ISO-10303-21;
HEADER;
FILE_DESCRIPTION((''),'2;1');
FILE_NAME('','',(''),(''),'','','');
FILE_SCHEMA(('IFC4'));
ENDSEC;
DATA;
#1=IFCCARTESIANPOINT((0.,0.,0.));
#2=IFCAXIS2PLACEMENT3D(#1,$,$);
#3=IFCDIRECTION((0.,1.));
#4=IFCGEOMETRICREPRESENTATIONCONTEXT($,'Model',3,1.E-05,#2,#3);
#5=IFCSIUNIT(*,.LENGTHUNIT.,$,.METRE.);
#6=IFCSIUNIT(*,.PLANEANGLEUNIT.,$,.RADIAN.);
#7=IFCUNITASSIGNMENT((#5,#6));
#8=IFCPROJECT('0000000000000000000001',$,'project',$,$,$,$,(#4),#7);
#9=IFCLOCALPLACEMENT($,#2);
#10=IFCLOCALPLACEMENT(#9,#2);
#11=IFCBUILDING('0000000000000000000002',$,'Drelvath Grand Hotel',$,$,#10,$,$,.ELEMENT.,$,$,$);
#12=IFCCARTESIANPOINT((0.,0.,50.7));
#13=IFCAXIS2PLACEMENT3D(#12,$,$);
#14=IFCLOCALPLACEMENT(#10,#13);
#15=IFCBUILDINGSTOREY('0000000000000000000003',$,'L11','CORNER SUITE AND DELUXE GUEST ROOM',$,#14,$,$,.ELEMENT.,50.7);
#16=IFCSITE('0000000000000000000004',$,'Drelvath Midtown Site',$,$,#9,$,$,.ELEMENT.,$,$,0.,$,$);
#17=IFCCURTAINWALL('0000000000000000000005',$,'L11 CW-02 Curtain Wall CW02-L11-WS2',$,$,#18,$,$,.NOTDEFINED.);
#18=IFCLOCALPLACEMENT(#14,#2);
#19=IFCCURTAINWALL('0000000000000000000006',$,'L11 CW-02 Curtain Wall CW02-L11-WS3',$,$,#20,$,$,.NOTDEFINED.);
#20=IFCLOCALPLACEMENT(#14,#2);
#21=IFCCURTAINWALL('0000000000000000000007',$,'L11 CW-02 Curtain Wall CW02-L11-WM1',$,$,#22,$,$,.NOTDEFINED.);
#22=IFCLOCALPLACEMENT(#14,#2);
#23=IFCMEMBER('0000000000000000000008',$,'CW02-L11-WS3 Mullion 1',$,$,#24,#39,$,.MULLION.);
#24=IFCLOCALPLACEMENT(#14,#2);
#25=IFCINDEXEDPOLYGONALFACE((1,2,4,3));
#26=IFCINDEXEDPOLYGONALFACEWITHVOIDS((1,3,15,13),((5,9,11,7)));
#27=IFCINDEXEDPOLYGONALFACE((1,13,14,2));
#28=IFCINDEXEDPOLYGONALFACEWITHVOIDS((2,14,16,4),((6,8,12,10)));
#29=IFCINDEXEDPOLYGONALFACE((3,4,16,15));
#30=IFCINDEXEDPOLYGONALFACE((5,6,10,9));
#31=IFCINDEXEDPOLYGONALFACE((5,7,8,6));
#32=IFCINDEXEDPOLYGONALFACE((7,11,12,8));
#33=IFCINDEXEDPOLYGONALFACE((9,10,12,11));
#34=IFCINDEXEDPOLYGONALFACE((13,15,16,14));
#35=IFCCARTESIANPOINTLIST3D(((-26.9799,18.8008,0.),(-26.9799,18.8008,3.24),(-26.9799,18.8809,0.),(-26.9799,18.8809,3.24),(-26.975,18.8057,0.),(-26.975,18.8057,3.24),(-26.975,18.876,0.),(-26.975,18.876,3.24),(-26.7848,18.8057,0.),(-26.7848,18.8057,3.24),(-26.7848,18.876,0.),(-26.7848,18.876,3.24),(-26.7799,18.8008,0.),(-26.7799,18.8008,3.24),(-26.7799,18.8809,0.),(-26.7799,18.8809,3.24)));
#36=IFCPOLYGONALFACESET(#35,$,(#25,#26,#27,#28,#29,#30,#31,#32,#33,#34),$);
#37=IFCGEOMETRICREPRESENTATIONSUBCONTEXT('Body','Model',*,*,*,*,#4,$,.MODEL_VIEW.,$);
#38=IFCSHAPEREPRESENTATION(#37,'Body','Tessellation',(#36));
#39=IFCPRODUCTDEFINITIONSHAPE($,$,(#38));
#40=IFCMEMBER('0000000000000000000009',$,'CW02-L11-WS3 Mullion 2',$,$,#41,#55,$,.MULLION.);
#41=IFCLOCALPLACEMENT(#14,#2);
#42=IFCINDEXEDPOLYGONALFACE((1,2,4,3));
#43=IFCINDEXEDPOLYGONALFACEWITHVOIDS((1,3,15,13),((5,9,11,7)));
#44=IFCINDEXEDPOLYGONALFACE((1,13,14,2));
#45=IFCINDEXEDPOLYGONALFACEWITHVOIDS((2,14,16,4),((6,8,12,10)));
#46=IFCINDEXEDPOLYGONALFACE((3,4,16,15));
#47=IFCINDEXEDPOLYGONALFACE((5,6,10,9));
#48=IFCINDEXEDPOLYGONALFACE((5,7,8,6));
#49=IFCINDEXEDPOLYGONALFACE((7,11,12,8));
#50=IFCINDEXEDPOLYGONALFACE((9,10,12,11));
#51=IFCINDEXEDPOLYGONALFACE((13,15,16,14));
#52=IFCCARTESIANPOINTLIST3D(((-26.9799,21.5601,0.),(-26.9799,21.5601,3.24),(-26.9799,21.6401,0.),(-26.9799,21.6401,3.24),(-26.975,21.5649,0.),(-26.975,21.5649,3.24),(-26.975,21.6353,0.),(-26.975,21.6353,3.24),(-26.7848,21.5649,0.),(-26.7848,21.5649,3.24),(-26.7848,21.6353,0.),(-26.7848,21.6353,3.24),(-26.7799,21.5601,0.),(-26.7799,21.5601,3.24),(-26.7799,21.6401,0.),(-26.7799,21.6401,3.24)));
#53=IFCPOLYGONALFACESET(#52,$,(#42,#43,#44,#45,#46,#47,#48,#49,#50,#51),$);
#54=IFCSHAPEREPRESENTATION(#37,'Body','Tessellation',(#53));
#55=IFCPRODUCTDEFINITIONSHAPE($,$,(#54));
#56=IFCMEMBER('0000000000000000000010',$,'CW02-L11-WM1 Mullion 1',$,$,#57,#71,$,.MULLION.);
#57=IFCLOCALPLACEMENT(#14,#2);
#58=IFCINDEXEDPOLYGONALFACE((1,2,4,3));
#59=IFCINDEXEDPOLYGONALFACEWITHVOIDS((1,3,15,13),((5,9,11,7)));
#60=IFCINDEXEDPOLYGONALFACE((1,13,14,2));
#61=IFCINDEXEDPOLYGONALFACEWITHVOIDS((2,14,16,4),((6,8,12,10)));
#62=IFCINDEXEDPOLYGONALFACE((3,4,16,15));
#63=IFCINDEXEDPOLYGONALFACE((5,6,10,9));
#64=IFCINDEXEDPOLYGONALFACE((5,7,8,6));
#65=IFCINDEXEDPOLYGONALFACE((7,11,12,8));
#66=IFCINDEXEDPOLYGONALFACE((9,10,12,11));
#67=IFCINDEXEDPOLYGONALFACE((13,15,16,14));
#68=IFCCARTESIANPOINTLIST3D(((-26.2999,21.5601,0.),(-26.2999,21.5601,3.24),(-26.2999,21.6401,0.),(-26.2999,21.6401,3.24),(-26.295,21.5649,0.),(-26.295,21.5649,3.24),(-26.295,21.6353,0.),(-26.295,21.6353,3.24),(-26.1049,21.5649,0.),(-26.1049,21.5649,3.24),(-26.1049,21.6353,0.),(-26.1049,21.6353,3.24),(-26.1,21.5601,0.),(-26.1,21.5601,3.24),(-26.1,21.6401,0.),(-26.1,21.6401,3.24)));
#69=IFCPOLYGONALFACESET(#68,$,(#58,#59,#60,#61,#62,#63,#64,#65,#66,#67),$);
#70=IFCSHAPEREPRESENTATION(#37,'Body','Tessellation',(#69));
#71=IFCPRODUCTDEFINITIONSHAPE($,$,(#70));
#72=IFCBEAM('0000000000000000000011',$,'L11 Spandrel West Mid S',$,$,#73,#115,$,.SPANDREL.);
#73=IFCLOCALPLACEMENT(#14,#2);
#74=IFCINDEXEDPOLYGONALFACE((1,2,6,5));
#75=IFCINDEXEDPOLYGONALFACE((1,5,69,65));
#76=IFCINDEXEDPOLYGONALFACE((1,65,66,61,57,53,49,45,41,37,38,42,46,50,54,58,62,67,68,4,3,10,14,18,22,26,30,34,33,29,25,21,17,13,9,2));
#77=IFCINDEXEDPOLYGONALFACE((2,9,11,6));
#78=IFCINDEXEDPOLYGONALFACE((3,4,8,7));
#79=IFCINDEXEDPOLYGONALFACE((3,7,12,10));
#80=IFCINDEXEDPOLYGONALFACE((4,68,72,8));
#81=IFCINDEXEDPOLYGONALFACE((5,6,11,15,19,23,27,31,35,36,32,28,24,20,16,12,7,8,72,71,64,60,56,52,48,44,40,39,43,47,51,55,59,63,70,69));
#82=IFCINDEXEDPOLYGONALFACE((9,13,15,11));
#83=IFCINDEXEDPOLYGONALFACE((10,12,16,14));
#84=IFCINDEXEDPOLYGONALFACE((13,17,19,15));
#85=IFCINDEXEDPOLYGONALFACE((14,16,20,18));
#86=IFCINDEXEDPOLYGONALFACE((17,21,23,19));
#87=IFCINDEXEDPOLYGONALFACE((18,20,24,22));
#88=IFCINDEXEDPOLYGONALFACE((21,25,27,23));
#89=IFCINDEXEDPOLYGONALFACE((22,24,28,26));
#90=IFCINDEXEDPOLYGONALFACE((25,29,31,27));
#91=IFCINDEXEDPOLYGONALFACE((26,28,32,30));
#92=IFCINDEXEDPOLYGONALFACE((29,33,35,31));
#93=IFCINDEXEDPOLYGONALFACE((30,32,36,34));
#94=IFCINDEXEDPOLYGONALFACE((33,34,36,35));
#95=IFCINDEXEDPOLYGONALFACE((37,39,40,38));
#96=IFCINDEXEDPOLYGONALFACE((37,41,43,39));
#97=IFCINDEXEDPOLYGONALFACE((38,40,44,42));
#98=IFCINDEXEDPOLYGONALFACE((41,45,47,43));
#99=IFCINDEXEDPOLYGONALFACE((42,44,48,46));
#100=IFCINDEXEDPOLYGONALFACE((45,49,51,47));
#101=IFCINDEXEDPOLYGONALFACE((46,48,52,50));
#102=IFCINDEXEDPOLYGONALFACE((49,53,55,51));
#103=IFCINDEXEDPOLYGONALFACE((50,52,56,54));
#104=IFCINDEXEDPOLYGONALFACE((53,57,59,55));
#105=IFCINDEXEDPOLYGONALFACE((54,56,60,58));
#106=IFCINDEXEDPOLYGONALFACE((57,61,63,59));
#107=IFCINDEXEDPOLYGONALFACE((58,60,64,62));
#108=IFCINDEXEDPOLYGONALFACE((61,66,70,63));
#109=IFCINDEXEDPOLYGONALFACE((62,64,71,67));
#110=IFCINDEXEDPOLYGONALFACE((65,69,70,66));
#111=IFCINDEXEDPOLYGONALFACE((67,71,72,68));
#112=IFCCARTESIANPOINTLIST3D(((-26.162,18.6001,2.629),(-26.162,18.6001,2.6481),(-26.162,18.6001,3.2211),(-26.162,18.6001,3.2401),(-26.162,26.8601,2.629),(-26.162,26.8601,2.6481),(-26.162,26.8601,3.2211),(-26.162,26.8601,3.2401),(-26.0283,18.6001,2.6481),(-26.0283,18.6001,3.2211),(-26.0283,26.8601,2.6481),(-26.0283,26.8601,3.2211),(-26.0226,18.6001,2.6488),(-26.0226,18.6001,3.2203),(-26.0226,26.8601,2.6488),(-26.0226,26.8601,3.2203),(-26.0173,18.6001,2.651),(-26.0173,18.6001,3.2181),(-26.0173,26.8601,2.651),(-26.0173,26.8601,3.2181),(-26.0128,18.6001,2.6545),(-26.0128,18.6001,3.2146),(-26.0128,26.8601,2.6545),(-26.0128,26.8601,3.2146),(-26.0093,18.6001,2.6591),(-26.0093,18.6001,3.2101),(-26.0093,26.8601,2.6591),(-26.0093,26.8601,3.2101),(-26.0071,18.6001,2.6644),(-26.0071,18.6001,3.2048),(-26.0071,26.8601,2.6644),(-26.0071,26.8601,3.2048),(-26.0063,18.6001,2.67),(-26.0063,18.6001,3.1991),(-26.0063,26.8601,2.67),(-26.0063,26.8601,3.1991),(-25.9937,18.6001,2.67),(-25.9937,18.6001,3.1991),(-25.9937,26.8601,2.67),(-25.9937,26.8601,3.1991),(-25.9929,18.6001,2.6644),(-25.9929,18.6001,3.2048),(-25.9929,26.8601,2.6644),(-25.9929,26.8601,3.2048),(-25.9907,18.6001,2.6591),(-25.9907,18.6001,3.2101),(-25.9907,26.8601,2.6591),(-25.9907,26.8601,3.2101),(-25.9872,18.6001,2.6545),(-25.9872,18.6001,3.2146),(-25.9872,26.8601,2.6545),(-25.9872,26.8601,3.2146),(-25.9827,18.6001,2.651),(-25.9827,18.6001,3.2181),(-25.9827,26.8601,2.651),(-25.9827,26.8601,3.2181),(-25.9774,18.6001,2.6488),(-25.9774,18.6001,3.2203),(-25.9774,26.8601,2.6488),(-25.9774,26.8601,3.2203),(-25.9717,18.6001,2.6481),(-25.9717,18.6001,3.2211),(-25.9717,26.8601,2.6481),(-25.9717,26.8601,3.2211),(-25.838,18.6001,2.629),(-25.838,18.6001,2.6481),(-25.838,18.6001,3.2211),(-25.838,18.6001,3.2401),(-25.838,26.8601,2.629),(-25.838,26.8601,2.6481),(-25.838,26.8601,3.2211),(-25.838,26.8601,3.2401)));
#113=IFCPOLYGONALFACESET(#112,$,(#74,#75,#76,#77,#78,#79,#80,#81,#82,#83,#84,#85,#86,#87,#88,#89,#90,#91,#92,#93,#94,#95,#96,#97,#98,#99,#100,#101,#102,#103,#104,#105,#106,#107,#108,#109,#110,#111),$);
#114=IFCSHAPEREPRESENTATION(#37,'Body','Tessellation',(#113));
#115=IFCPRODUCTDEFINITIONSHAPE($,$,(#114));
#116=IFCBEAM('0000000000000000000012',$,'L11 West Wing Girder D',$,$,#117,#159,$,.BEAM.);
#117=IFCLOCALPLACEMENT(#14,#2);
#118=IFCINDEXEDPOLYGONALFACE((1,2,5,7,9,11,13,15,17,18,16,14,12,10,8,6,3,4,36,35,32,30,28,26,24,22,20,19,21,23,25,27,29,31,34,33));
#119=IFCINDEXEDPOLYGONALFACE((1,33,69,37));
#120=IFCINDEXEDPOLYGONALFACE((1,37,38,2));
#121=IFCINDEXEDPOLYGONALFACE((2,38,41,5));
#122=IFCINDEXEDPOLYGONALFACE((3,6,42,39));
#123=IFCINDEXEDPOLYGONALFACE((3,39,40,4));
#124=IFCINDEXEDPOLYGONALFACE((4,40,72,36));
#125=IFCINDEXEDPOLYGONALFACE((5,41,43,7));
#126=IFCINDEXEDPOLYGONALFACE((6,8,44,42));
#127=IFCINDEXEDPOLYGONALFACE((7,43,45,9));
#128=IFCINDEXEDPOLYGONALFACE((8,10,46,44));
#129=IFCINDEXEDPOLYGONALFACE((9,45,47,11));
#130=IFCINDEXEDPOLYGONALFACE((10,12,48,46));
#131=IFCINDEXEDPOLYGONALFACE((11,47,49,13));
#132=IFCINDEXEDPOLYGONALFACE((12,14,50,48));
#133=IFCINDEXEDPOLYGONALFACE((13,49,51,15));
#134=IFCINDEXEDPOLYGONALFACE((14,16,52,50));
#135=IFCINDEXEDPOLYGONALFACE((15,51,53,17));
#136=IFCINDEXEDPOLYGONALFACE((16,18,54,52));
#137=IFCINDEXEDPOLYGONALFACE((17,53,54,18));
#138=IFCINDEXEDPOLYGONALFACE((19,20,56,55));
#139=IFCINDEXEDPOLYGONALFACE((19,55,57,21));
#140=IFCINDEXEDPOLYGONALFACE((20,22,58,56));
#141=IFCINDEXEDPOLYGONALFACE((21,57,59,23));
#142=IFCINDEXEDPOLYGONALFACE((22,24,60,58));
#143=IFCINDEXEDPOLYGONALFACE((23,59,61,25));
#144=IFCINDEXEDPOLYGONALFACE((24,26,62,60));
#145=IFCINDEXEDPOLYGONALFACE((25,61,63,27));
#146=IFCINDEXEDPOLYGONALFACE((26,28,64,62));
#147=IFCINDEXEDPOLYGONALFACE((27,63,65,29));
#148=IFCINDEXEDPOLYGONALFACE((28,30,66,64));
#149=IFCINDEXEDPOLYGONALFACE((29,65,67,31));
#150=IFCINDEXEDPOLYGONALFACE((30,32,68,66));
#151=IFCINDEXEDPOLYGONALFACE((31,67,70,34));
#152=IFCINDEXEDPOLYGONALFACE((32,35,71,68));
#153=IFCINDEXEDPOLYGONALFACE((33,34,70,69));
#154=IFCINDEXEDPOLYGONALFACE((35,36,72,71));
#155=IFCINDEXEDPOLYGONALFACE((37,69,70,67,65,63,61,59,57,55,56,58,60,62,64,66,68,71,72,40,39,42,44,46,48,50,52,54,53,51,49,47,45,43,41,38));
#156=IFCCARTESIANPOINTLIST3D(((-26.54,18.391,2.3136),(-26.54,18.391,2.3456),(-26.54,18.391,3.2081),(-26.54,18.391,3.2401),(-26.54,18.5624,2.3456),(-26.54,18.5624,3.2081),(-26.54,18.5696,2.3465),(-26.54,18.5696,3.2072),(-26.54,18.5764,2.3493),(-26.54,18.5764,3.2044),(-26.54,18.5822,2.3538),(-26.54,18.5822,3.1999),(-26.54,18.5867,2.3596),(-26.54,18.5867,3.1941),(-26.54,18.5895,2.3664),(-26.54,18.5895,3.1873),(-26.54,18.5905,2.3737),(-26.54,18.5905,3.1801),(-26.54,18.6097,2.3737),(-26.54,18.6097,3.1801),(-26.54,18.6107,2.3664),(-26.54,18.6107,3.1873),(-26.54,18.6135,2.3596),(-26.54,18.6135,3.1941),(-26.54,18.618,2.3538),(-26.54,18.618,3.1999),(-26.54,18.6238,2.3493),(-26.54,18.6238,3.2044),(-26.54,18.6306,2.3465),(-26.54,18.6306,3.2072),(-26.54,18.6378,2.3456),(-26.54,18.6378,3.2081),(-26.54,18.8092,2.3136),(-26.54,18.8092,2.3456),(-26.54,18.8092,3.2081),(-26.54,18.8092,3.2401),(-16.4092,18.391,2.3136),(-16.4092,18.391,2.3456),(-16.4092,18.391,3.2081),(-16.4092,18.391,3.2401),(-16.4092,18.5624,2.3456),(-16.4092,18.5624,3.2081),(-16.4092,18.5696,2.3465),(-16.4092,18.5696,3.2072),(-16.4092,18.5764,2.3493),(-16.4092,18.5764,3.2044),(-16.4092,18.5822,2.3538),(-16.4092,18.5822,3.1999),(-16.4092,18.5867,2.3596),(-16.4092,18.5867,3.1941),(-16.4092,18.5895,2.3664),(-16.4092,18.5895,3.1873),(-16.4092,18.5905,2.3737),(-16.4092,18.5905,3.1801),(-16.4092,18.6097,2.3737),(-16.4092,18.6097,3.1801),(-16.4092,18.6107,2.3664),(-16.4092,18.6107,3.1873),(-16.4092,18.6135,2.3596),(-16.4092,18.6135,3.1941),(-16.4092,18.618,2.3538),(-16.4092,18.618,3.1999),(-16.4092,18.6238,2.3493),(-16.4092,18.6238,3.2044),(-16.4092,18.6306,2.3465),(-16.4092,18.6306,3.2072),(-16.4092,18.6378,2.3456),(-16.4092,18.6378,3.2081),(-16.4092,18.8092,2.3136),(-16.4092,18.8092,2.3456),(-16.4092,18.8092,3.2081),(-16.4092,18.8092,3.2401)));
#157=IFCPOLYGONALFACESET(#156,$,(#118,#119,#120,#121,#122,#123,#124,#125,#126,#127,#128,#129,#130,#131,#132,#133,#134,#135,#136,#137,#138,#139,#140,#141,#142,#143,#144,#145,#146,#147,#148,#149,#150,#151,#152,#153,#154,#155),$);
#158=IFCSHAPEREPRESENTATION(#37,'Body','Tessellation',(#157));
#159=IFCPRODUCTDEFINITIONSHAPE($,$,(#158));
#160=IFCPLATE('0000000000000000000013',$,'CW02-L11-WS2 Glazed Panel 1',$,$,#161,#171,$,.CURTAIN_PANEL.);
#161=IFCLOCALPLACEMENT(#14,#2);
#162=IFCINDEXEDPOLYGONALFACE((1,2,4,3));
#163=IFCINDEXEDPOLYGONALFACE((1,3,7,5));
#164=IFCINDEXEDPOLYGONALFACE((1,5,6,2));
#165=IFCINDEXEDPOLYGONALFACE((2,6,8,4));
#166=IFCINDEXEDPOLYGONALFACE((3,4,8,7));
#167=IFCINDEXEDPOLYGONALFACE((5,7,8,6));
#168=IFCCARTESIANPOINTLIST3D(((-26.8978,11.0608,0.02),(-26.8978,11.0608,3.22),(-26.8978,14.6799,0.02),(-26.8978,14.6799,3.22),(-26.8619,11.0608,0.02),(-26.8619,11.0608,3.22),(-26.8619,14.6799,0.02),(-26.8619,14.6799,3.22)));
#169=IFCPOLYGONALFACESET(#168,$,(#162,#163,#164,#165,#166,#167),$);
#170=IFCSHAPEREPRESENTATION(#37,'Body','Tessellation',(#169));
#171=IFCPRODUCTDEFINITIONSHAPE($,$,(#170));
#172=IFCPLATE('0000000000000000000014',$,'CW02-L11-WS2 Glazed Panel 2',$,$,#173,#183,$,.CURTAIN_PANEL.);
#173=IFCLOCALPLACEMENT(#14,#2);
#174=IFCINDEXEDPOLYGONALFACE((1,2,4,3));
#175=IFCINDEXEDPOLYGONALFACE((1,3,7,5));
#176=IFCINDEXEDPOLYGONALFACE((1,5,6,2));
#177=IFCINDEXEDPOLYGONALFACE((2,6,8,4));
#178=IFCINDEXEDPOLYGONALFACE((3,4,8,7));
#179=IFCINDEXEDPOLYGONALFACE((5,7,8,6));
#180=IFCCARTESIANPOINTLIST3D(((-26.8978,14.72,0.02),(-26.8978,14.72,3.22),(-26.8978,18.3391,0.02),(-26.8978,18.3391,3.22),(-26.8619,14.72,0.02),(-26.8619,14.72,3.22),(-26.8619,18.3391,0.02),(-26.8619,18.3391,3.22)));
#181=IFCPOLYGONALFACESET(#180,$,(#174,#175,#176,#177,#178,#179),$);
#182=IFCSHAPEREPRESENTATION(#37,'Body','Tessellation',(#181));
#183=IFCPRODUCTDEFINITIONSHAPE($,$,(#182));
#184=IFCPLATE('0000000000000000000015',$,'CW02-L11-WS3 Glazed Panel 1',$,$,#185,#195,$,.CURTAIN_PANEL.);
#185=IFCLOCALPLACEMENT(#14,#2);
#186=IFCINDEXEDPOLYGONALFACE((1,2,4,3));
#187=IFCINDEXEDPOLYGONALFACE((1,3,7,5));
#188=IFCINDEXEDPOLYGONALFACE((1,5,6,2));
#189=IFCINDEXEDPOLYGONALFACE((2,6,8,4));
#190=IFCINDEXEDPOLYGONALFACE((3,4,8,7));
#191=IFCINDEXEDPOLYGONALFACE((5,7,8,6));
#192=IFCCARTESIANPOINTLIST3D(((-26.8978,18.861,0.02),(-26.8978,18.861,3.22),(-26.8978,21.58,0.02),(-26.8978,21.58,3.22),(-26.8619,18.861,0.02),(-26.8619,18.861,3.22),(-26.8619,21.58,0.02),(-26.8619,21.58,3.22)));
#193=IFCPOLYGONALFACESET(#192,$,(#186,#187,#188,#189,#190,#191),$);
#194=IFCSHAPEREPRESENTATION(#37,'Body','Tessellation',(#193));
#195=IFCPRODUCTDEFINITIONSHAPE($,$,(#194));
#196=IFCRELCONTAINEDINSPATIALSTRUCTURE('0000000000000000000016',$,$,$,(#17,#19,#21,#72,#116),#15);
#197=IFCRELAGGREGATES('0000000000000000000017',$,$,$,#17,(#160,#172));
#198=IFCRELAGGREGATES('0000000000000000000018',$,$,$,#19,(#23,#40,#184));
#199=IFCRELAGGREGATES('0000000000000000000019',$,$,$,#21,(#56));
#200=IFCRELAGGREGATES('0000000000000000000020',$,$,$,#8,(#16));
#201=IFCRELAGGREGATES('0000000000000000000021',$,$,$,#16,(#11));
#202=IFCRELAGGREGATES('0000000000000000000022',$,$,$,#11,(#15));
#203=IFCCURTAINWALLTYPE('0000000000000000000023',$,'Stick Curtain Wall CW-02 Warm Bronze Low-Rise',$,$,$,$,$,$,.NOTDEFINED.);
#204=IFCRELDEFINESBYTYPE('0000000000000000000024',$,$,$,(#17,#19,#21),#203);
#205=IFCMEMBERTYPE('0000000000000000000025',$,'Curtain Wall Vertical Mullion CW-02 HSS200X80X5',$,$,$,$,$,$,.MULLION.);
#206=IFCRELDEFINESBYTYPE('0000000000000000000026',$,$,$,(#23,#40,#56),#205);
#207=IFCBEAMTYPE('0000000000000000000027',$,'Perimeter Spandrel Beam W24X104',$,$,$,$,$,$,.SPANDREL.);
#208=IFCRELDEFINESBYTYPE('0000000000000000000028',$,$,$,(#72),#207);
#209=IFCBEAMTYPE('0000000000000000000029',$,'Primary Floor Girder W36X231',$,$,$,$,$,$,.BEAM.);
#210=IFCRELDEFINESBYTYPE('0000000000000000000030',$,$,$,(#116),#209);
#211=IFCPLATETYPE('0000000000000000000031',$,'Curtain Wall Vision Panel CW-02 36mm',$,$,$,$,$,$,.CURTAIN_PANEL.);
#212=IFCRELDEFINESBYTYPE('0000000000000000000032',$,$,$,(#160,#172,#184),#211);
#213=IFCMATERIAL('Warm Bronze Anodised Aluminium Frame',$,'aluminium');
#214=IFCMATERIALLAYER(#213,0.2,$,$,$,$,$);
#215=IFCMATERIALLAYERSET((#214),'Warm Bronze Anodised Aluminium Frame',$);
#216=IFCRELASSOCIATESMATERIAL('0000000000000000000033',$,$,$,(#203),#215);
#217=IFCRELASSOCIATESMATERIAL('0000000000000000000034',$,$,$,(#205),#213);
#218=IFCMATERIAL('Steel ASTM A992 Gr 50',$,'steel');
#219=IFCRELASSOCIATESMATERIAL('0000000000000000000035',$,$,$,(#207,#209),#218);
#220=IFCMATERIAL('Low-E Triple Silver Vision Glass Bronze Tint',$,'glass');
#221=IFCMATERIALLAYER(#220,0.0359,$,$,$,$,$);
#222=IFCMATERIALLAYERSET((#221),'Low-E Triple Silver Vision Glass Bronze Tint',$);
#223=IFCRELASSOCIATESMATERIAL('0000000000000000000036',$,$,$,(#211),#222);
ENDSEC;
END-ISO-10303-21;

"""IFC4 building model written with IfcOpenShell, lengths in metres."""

from ifc_helpers import new_model, si_unit, direction, frame, origin, origin_2d, place, context, subcontext, project, spatial, rectangle, hollow_rectangle, i_section, extrude, material, layer, layer_set, material_profile, profile_set, type_object, element, aggregate, save


model = new_model("IFC4")

# Units and contexts
model_context = context("Model", 3, precision=1e-05, world=origin(), true_north=direction((0.0, 1.0)))
body_context = subcontext(model_context, "Body", "Model", "MODEL_VIEW")
ifc_project = project(units=[si_unit("LENGTHUNIT", "METRE"), si_unit("PLANEANGLEUNIT", "RADIAN")], contexts=[model_context])

# Site, building, storey
site_placement = place(None, origin())
site = spatial("IfcSite", under=ifc_project, at=site_placement, Name="Drelvath Midtown Site", CompositionType="ELEMENT", RefElevation=0.0)
building_placement = place(site_placement, origin())
building = spatial("IfcBuilding", under=site, at=building_placement, Name="Drelvath Grand Hotel", CompositionType="ELEMENT")
storey_placement = place(building_placement, frame((0.0, 0.0, 50.7)))
storey = spatial("IfcBuildingStorey", under=building, at=storey_placement, Name="L11", Description="CORNER SUITE AND DELUXE GUEST ROOM", CompositionType="ELEMENT", Elevation=50.7)

# Shared definitions
ifc_material_1 = material(Name="Steel ASTM A992 Gr 50", Category="steel")

# Curtain walls
ifc_material_2 = material(Name="Warm Bronze Anodised Aluminium Frame", Category="aluminium")
ifc_layer_1 = layer(ifc_material_2, 0.2)
ifc_layer_set_1 = layer_set([ifc_layer_1], Name="Warm Bronze Anodised Aluminium Frame")
curtain_wall_type = type_object("IfcCurtainWallType", Name="Stick Curtain Wall CW-02 Warm Bronze Low-Rise", PredefinedType="NOTDEFINED", material=ifc_layer_set_1)
curtain_wall_1_placement = place(storey_placement, origin())
curtain_wall_1 = element("IfcCurtainWall", 1, at=curtain_wall_1_placement, inside=storey, type_object=curtain_wall_type, Name="L11 CW-02 Curtain Wall CW02-L11-WS2", PredefinedType="NOTDEFINED")
curtain_wall_2_placement = place(storey_placement, origin())
curtain_wall_2 = element("IfcCurtainWall", 2, at=curtain_wall_2_placement, inside=storey, type_object=curtain_wall_type, Name="L11 CW-02 Curtain Wall CW02-L11-WS3", PredefinedType="NOTDEFINED")
curtain_wall_3_placement = place(storey_placement, origin())
curtain_wall_3 = element("IfcCurtainWall", 3, at=curtain_wall_3_placement, inside=storey, type_object=curtain_wall_type, Name="L11 CW-02 Curtain Wall CW02-L11-WM1", PredefinedType="NOTDEFINED")

# Members
ifc_material_profile_1 = material_profile(ifc_material_2, hollow_rectangle(XDim=0.0801, YDim=0.2, WallThickness=0.0049, at=origin_2d()), Name="HSS200X80X5")
ifc_profile_set_1 = profile_set([ifc_material_profile_1], Name="Warm Bronze Anodised Aluminium Frame")
member_type_1 = type_object("IfcMemberType", Name="Curtain Wall Vertical Mullion CW-02 HSS200X80X5", PredefinedType="MULLION", material=ifc_profile_set_1)
member_1_placement = place(storey_placement, frame((-26.8799, 18.8408, 0.0), z_axis=(0.0, 0.0, 1.0), x_axis=(0.0, 1.0, 0.0)))
member_1 = element("IfcMember", 4, at=member_1_placement, type_object=member_type_1, Name="CW02-L11-WS3 Mullion 1", PredefinedType="MULLION", context=body_context, shape_type="SweptSolid", body=[
    extrude(hollow_rectangle(XDim=0.0801, YDim=0.2, WallThickness=0.0049, at=origin_2d()), origin(), (0.0, 0.0, 1.0), 3.24),
])
member_2_placement = place(storey_placement, frame((-26.8799, 21.6001, 0.0), z_axis=(0.0, 0.0, 1.0), x_axis=(0.0, 1.0, 0.0)))
member_2 = element("IfcMember", 5, at=member_2_placement, type_object=member_type_1, Name="CW02-L11-WS3 Mullion 2", PredefinedType="MULLION", context=body_context, shape_type="SweptSolid", body=[
    extrude(hollow_rectangle(XDim=0.0801, YDim=0.2, WallThickness=0.0049, at=origin_2d()), origin(), (0.0, 0.0, 1.0), 3.24),
])
member_3_placement = place(storey_placement, frame((-26.2, 21.6001, 0.0), z_axis=(0.0, 0.0, 1.0), x_axis=(0.0, 1.0, 0.0)))
member_3 = element("IfcMember", 6, at=member_3_placement, type_object=member_type_1, Name="CW02-L11-WM1 Mullion 1", PredefinedType="MULLION", context=body_context, shape_type="SweptSolid", body=[
    extrude(hollow_rectangle(XDim=0.0801, YDim=0.2, WallThickness=0.0049, at=origin_2d()), origin(), (0.0, 0.0, 1.0), 3.24),
])

# Beams
ifc_material_profile_2 = material_profile(ifc_material_1, i_section(OverallWidth=0.324, OverallDepth=0.6111, WebThickness=0.0127, FlangeThickness=0.019, FilletRadius=0.022, at=origin_2d()), Name="W24X104")
ifc_profile_set_2 = profile_set([ifc_material_profile_2], Name="Steel ASTM A992 Gr 50")
beam_type_1 = type_object("IfcBeamType", Name="Perimeter Spandrel Beam W24X104", PredefinedType="SPANDREL", material=ifc_profile_set_2)
beam_1_placement = place(storey_placement, frame((-26.0, 18.6001, 2.9346), z_axis=(0.0, 1.0, 0.0), x_axis=(-1.0, 0.0, 0.0)))
element("IfcBeam", 7, at=beam_1_placement, inside=storey, type_object=beam_type_1, Name="L11 Spandrel West Mid S", PredefinedType="SPANDREL", context=body_context, shape_type="SweptSolid", body=[
    extrude(i_section(OverallWidth=0.324, OverallDepth=0.6111, WebThickness=0.0127, FlangeThickness=0.019, FilletRadius=0.022, at=origin_2d()), origin(), (0.0, 0.0, 1.0), 8.26),
])
ifc_material_profile_3 = material_profile(ifc_material_1, i_section(OverallWidth=0.4182, OverallDepth=0.9265, WebThickness=0.0193, FlangeThickness=0.032, FilletRadius=0.0281, at=origin_2d()), Name="W36X231")
ifc_profile_set_3 = profile_set([ifc_material_profile_3], Name="Steel ASTM A992 Gr 50")
beam_type_2 = type_object("IfcBeamType", Name="Primary Floor Girder W36X231", PredefinedType="BEAM", material=ifc_profile_set_3)
beam_2_placement = place(storey_placement, frame((-26.54, 18.6001, 2.7769), z_axis=(1.0, 0.0, 0.0), x_axis=(0.0, 1.0, 0.0)))
element("IfcBeam", 8, at=beam_2_placement, inside=storey, type_object=beam_type_2, Name="L11 West Wing Girder D", PredefinedType="BEAM", context=body_context, shape_type="SweptSolid", body=[
    extrude(i_section(OverallWidth=0.4182, OverallDepth=0.9265, WebThickness=0.0193, FlangeThickness=0.032, FilletRadius=0.0281, at=origin_2d()), origin(), (0.0, 0.0, 1.0), 10.1309),
])

# Plates
ifc_material_3 = material(Name="Low-E Triple Silver Vision Glass Bronze Tint", Category="glass")
ifc_layer_2 = layer(ifc_material_3, 0.0359)
ifc_layer_set_2 = layer_set([ifc_layer_2], Name="Low-E Triple Silver Vision Glass Bronze Tint")
plate_type = type_object("IfcPlateType", Name="Curtain Wall Vision Panel CW-02 36mm", PredefinedType="CURTAIN_PANEL", material=ifc_layer_set_2)
plate_1_placement = place(storey_placement, frame((-26.8799, 12.8704, 0.02), z_axis=(0.0, 0.0, 1.0), x_axis=(0.0, 1.0, 0.0)))
plate_1 = element("IfcPlate", 9, at=plate_1_placement, type_object=plate_type, Name="CW02-L11-WS2 Glazed Panel 1", PredefinedType="CURTAIN_PANEL", context=body_context, shape_type="SweptSolid", body=[
    extrude(rectangle(XDim=3.6191, YDim=0.0359, at=origin_2d()), origin(), (0.0, 0.0, 1.0), 3.2),
])
plate_2_placement = place(storey_placement, frame((-26.8799, 16.5295, 0.02), z_axis=(0.0, 0.0, 1.0), x_axis=(0.0, 1.0, 0.0)))
plate_2 = element("IfcPlate", 10, at=plate_2_placement, type_object=plate_type, Name="CW02-L11-WS2 Glazed Panel 2", PredefinedType="CURTAIN_PANEL", context=body_context, shape_type="SweptSolid", body=[
    extrude(rectangle(XDim=3.6191, YDim=0.0359, at=origin_2d()), origin(), (0.0, 0.0, 1.0), 3.2),
])
aggregate(curtain_wall_1, [plate_1, plate_2])
plate_3_placement = place(storey_placement, frame((-26.8799, 20.2205, 0.02), z_axis=(0.0, 0.0, 1.0), x_axis=(0.0, 1.0, 0.0)))
plate_3 = element("IfcPlate", 11, at=plate_3_placement, type_object=plate_type, Name="CW02-L11-WS3 Glazed Panel 1", PredefinedType="CURTAIN_PANEL", context=body_context, shape_type="SweptSolid", body=[
    extrude(rectangle(XDim=2.719, YDim=0.0359, at=origin_2d()), origin(), (0.0, 0.0, 1.0), 3.2),
])
aggregate(curtain_wall_2, [member_1, member_2, plate_3])
aggregate(curtain_wall_3, [member_3])

save(model, "model.ifc")
